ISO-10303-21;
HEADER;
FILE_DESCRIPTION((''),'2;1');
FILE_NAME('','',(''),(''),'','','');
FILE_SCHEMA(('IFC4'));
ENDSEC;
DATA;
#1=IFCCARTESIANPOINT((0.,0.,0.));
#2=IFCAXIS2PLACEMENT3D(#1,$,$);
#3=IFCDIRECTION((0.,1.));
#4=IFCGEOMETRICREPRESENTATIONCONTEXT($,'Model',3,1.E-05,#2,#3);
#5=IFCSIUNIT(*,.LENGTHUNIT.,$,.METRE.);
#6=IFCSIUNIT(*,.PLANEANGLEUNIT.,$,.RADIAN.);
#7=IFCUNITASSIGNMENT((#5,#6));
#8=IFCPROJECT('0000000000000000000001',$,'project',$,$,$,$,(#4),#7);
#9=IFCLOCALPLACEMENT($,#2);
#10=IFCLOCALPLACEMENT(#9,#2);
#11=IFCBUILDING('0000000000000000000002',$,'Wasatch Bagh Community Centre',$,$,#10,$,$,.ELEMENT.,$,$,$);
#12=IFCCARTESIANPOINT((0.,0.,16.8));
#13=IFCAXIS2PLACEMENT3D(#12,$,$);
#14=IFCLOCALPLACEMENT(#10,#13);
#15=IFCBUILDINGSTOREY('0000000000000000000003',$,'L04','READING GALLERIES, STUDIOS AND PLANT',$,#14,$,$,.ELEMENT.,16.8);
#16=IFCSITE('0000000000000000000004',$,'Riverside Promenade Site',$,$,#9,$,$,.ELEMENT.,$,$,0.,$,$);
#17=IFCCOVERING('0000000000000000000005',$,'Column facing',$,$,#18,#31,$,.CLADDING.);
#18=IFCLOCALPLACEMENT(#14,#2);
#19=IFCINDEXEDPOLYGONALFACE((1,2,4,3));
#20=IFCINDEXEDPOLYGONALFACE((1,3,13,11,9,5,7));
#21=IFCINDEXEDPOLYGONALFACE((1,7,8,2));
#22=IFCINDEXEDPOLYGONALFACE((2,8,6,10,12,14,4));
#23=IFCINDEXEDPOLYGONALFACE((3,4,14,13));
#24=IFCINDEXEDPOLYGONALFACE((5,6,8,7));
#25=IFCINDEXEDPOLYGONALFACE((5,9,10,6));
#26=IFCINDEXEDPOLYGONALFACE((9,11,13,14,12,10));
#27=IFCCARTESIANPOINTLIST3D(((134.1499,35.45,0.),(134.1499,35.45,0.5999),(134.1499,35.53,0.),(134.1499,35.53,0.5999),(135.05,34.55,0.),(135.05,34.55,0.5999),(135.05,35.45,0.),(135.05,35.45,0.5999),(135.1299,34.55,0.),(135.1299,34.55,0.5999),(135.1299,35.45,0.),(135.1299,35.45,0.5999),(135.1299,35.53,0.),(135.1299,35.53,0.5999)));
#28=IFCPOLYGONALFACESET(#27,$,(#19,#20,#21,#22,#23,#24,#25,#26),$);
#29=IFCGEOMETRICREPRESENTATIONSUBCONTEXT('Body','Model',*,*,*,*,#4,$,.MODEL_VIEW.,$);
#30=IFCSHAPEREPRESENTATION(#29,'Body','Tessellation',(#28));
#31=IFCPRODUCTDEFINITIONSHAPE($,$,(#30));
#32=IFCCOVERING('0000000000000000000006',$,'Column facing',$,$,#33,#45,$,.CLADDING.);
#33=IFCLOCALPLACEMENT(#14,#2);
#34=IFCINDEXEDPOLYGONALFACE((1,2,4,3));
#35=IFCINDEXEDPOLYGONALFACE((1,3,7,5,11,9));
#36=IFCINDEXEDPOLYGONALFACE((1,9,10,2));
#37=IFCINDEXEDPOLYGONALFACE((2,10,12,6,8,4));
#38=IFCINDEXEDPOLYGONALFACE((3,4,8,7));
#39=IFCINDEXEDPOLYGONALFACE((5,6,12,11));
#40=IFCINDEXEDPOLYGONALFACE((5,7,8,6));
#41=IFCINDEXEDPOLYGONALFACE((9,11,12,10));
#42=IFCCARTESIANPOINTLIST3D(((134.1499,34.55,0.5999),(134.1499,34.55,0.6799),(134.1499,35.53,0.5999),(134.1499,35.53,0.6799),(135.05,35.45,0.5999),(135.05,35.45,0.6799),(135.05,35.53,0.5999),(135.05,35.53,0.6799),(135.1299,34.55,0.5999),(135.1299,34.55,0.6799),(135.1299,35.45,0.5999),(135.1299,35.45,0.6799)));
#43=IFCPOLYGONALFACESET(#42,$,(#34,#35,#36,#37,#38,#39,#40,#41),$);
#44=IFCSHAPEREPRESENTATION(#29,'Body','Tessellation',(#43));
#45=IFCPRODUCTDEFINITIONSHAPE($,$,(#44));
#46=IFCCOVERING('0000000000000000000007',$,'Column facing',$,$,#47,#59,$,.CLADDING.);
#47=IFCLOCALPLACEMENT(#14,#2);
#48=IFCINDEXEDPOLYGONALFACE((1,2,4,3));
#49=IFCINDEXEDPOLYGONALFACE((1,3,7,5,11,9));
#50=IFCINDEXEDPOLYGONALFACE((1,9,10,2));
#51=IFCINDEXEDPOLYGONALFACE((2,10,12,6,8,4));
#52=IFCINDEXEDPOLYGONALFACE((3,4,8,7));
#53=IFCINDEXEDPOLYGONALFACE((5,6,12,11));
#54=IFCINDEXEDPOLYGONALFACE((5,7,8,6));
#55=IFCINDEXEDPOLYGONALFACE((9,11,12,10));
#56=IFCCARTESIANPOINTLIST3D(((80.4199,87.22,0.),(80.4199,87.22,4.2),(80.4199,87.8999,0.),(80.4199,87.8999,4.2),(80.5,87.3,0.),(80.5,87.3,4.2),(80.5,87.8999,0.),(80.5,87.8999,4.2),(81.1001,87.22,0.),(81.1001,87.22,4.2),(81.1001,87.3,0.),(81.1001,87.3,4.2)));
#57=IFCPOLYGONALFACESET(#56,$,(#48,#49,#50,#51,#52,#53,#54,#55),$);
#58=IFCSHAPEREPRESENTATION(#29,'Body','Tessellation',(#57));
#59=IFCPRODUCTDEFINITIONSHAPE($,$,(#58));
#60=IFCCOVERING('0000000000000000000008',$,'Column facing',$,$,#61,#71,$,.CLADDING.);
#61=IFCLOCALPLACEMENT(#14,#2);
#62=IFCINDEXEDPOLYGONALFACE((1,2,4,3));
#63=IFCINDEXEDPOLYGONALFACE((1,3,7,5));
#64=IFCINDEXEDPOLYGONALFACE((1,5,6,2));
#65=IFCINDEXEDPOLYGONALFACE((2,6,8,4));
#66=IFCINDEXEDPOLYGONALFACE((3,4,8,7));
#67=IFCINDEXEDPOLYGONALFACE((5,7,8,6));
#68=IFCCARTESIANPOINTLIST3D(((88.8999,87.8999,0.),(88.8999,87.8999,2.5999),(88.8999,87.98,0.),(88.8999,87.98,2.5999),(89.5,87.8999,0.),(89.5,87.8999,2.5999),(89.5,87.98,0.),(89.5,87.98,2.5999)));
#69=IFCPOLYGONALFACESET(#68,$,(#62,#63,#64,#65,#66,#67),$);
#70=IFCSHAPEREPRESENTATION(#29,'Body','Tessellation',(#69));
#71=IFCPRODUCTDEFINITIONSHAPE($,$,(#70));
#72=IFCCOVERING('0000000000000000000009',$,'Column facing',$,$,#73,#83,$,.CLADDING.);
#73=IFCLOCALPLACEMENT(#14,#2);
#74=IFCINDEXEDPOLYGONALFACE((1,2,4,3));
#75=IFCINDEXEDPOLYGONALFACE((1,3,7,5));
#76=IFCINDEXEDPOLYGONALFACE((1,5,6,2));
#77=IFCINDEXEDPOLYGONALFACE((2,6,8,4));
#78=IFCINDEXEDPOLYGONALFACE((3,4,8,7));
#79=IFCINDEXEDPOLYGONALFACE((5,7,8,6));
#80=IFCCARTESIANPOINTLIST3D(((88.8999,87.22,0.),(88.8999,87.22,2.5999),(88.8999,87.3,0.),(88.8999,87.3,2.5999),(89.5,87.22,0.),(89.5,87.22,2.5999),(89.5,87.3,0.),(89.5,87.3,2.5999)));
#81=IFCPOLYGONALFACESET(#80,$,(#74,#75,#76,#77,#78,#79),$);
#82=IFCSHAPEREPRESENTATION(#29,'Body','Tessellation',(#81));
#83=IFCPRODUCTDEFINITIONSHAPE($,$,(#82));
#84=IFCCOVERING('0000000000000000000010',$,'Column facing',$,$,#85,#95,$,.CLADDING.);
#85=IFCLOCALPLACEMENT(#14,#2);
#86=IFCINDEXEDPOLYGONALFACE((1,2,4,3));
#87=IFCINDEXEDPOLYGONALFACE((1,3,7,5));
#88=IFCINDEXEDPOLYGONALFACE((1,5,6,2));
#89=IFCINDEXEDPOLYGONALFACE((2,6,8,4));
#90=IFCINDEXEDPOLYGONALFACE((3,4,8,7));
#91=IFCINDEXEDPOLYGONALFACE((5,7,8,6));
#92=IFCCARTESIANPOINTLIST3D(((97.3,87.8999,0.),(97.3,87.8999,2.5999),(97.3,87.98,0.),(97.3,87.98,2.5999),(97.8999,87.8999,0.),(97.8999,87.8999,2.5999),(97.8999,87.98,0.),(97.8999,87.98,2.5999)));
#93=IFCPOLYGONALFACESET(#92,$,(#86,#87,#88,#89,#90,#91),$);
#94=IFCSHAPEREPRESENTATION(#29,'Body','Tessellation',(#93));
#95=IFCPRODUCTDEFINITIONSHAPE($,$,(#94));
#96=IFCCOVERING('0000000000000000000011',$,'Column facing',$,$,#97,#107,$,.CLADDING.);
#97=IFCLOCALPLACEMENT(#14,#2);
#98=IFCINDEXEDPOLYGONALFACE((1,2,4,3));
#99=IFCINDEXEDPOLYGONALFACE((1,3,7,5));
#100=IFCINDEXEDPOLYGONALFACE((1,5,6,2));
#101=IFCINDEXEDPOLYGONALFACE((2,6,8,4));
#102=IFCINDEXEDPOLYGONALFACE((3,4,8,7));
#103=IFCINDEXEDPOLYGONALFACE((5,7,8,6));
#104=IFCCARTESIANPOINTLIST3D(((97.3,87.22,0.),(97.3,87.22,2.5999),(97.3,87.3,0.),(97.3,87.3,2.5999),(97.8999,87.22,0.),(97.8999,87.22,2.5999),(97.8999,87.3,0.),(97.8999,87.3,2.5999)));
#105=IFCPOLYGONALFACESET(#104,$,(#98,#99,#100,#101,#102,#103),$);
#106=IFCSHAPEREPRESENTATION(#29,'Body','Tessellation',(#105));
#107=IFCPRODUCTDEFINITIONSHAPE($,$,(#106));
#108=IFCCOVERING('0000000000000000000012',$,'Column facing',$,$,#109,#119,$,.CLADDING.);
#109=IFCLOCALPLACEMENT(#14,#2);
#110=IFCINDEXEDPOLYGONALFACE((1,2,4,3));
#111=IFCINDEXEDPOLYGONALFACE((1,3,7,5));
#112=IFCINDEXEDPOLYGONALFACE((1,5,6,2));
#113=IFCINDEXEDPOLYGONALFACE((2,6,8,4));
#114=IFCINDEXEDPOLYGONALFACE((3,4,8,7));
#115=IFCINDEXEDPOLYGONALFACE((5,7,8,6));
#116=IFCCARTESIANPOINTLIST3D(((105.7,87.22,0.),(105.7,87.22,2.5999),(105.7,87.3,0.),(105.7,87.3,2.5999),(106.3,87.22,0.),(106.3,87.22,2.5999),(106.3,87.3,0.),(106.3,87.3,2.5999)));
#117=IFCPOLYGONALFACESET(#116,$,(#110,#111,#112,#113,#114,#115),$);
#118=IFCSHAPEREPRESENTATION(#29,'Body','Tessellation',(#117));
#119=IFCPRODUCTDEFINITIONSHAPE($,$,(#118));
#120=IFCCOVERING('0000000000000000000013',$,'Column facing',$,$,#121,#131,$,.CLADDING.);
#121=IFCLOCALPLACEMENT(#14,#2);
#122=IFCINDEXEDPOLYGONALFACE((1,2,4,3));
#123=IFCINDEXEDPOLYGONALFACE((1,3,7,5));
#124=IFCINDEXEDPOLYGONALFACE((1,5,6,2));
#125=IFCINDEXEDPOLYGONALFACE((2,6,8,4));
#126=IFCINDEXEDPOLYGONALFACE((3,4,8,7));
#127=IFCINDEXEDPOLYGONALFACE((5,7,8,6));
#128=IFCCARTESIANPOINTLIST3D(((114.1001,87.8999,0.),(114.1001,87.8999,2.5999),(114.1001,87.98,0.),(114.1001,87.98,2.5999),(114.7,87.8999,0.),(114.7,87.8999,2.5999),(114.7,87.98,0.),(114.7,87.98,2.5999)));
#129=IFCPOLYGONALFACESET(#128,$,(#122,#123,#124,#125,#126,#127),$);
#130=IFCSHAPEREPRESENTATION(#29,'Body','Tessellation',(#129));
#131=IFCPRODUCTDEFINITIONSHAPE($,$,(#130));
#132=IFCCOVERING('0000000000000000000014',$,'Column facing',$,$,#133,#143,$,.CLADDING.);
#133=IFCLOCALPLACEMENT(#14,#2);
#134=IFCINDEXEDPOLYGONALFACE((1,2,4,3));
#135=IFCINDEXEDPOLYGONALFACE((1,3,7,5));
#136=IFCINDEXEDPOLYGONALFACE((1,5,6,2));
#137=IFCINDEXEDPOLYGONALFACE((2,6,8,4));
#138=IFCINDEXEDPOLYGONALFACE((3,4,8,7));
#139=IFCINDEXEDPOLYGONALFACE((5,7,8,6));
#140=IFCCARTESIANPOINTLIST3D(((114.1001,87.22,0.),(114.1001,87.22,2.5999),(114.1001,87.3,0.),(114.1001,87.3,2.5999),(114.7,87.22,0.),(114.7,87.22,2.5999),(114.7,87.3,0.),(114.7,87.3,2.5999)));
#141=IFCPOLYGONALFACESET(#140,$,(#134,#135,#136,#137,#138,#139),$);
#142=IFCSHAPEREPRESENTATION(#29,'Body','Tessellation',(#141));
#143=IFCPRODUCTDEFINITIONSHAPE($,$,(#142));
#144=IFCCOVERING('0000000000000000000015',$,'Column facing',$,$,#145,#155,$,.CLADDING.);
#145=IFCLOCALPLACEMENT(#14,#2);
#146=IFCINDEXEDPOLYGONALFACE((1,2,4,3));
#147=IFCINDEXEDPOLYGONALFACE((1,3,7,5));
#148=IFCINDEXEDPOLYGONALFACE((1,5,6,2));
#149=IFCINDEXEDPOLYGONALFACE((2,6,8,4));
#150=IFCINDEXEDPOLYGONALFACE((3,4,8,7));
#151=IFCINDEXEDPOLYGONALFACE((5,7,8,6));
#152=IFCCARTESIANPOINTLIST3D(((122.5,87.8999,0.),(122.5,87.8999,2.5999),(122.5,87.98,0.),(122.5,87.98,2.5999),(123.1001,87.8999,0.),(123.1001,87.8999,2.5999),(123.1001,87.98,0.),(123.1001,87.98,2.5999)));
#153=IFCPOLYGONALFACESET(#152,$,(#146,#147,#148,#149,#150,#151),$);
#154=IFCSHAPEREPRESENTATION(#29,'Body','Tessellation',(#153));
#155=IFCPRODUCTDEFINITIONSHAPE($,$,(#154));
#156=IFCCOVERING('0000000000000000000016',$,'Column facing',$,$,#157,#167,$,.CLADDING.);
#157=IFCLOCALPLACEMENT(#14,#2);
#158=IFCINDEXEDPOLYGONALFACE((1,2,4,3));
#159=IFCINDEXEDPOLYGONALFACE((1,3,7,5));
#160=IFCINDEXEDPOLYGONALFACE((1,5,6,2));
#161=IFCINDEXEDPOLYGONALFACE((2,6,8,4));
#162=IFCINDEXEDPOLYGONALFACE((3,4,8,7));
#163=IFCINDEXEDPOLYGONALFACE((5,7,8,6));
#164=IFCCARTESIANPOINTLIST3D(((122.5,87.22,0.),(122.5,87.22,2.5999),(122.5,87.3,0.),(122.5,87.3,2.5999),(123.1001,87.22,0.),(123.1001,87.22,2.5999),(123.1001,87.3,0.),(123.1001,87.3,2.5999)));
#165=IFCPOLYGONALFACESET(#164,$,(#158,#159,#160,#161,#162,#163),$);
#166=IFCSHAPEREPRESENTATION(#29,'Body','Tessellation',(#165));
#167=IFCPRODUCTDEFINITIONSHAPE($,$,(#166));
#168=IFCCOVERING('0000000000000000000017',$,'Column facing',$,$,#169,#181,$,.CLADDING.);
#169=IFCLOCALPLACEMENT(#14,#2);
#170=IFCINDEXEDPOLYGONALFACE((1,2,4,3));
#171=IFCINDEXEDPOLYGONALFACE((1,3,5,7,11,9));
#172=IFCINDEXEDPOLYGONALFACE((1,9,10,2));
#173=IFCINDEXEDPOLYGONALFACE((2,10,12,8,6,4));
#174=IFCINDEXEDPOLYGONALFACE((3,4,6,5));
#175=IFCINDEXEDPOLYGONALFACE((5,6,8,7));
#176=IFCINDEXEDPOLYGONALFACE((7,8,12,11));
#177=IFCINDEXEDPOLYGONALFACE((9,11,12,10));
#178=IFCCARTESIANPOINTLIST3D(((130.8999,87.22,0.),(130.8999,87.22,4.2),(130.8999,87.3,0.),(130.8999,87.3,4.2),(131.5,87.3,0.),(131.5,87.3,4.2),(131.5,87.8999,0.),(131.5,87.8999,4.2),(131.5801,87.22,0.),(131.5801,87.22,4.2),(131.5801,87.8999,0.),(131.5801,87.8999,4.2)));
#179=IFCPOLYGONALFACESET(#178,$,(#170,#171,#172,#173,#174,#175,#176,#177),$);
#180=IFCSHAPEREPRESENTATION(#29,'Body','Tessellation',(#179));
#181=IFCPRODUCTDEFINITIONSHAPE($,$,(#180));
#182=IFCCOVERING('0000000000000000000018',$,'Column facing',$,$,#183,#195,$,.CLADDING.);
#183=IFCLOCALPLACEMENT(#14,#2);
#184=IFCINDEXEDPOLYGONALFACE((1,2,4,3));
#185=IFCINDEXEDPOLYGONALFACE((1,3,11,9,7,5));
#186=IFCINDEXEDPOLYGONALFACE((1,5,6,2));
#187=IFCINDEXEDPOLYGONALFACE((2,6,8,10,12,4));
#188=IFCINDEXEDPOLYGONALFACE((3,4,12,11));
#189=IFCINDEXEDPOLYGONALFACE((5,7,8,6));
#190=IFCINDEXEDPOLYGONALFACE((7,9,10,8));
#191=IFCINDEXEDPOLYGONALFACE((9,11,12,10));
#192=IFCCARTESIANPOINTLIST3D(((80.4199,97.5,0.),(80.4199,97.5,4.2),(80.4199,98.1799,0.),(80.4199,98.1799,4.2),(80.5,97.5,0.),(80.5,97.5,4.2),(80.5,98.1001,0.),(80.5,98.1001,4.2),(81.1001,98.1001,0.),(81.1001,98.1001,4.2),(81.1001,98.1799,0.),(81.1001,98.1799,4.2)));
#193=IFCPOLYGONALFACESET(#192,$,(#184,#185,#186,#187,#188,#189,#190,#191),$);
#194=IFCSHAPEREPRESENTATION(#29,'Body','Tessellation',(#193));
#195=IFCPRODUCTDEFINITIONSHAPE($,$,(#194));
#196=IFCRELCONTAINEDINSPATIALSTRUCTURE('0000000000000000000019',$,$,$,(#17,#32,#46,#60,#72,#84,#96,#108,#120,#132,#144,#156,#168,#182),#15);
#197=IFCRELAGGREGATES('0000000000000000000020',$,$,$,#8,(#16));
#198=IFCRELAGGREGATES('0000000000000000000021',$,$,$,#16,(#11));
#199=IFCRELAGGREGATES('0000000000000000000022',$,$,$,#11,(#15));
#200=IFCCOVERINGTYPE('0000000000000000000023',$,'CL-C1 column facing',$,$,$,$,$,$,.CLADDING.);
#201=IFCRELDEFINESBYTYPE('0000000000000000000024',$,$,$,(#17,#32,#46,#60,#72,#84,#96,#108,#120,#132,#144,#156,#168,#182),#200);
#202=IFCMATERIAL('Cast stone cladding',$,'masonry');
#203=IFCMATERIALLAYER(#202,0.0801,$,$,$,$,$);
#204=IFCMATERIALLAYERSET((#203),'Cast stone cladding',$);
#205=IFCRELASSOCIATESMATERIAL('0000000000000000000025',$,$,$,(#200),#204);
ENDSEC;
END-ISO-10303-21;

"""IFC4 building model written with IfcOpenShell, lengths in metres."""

from ifc_helpers import new_model, si_unit, direction, frame, origin, place, context, subcontext, project, spatial, polyline, outline, extrude, material, layer, layer_set, type_object, element, save


model = new_model("IFC4")

# Units and contexts
model_context = context("Model", 3, precision=1e-05, world=origin(), true_north=direction((0.0, 1.0)))
body_context = subcontext(model_context, "Body", "Model", "MODEL_VIEW")
ifc_project = project(units=[si_unit("LENGTHUNIT", "METRE"), si_unit("PLANEANGLEUNIT", "RADIAN")], contexts=[model_context])

# Site, building, storey
site_placement = place(None, origin())
site = spatial("IfcSite", under=ifc_project, at=site_placement, Name="Riverside Promenade Site", CompositionType="ELEMENT", RefElevation=0.0)
building_placement = place(site_placement, origin())
building = spatial("IfcBuilding", under=site, at=building_placement, Name="Wasatch Bagh Community Centre", CompositionType="ELEMENT")
storey_placement = place(building_placement, frame((0.0, 0.0, 16.8)))
storey = spatial("IfcBuildingStorey", under=building, at=storey_placement, Name="L04", Description="READING GALLERIES, STUDIOS AND PLANT", CompositionType="ELEMENT", Elevation=16.8)

# Coverings
ifc_material_1 = material(Name="Cast stone cladding", Category="masonry")
ifc_layer_1 = layer(ifc_material_1, 0.0801)
ifc_layer_set_1 = layer_set([ifc_layer_1], Name="Cast stone cladding")
covering_type = type_object("IfcCoveringType", Name="CL-C1 column facing", PredefinedType="CLADDING", material=ifc_layer_set_1)
covering_1_placement = place(storey_placement, origin())
element("IfcCovering", 1, at=covering_1_placement, inside=storey, type_object=covering_type, Name="Column facing", PredefinedType="CLADDING", context=body_context, shape_type="SweptSolid", body=[
    extrude(outline(polyline([(135.05, 35.45), (134.1499, 35.45), (134.1499, 35.53), (135.1299, 35.53), (135.1299, 35.45), (135.1299, 34.55), (135.05, 34.55), (135.05, 35.45)])), origin(), (0.0, 0.0, 1.0), 0.5999),
])
covering_2_placement = place(storey_placement, frame((0.0, 0.0, 0.5999)))
element("IfcCovering", 2, at=covering_2_placement, inside=storey, type_object=covering_type, Name="Column facing", PredefinedType="CLADDING", context=body_context, shape_type="SweptSolid", body=[
    extrude(outline(polyline([(134.1499, 34.55), (134.1499, 35.53), (135.05, 35.53), (135.05, 35.45), (135.1299, 35.45), (135.1299, 34.55), (134.1499, 34.55)])), origin(), (0.0, 0.0, 1.0), 0.0801),
])
covering_3_placement = place(storey_placement, origin())
element("IfcCovering", 3, at=covering_3_placement, inside=storey, type_object=covering_type, Name="Column facing", PredefinedType="CLADDING", context=body_context, shape_type="SweptSolid", body=[
    extrude(outline(polyline([(80.4199, 87.22), (80.4199, 87.8999), (80.5, 87.8999), (80.5, 87.3), (81.1001, 87.3), (81.1001, 87.22), (80.4199, 87.22)])), origin(), (0.0, 0.0, 1.0), 4.2),
])
covering_4_placement = place(storey_placement, origin())
element("IfcCovering", 4, at=covering_4_placement, inside=storey, type_object=covering_type, Name="Column facing", PredefinedType="CLADDING", context=body_context, shape_type="SweptSolid", body=[
    extrude(outline(polyline([(88.8999, 87.8999), (88.8999, 87.98), (89.5, 87.98), (89.5, 87.8999), (88.8999, 87.8999)])), origin(), (0.0, 0.0, 1.0), 2.5999),
])
covering_5_placement = place(storey_placement, origin())
element("IfcCovering", 5, at=covering_5_placement, inside=storey, type_object=covering_type, Name="Column facing", PredefinedType="CLADDING", context=body_context, shape_type="SweptSolid", body=[
    extrude(outline(polyline([(89.5, 87.3), (89.5, 87.22), (88.8999, 87.22), (88.8999, 87.3), (89.5, 87.3)])), origin(), (0.0, 0.0, 1.0), 2.5999),
])
covering_6_placement = place(storey_placement, origin())
element("IfcCovering", 6, at=covering_6_placement, inside=storey, type_object=covering_type, Name="Column facing", PredefinedType="CLADDING", context=body_context, shape_type="SweptSolid", body=[
    extrude(outline(polyline([(97.3, 87.8999), (97.3, 87.98), (97.8999, 87.98), (97.8999, 87.8999), (97.3, 87.8999)])), origin(), (0.0, 0.0, 1.0), 2.5999),
])
covering_7_placement = place(storey_placement, origin())
element("IfcCovering", 7, at=covering_7_placement, inside=storey, type_object=covering_type, Name="Column facing", PredefinedType="CLADDING", context=body_context, shape_type="SweptSolid", body=[
    extrude(outline(polyline([(97.8999, 87.3), (97.8999, 87.22), (97.3, 87.22), (97.3, 87.3), (97.8999, 87.3)])), origin(), (0.0, 0.0, 1.0), 2.5999),
])
covering_8_placement = place(storey_placement, origin())
element("IfcCovering", 8, at=covering_8_placement, inside=storey, type_object=covering_type, Name="Column facing", PredefinedType="CLADDING", context=body_context, shape_type="SweptSolid", body=[
    extrude(outline(polyline([(105.7, 87.3), (106.3, 87.3), (106.3, 87.22), (105.7, 87.22), (105.7, 87.3)])), origin(), (0.0, 0.0, 1.0), 2.5999),
])
covering_9_placement = place(storey_placement, origin())
element("IfcCovering", 9, at=covering_9_placement, inside=storey, type_object=covering_type, Name="Column facing", PredefinedType="CLADDING", context=body_context, shape_type="SweptSolid", body=[
    extrude(outline(polyline([(114.1001, 87.8999), (114.1001, 87.98), (114.7, 87.98), (114.7, 87.8999), (114.1001, 87.8999)])), origin(), (0.0, 0.0, 1.0), 2.5999),
])
covering_10_placement = place(storey_placement, origin())
element("IfcCovering", 10, at=covering_10_placement, inside=storey, type_object=covering_type, Name="Column facing", PredefinedType="CLADDING", context=body_context, shape_type="SweptSolid", body=[
    extrude(outline(polyline([(114.7, 87.3), (114.7, 87.22), (114.1001, 87.22), (114.1001, 87.3), (114.7, 87.3)])), origin(), (0.0, 0.0, 1.0), 2.5999),
])
covering_11_placement = place(storey_placement, origin())
element("IfcCovering", 11, at=covering_11_placement, inside=storey, type_object=covering_type, Name="Column facing", PredefinedType="CLADDING", context=body_context, shape_type="SweptSolid", body=[
    extrude(outline(polyline([(122.5, 87.8999), (122.5, 87.98), (123.1001, 87.98), (123.1001, 87.8999), (122.5, 87.8999)])), origin(), (0.0, 0.0, 1.0), 2.5999),
])
covering_12_placement = place(storey_placement, origin())
element("IfcCovering", 12, at=covering_12_placement, inside=storey, type_object=covering_type, Name="Column facing", PredefinedType="CLADDING", context=body_context, shape_type="SweptSolid", body=[
    extrude(outline(polyline([(123.1001, 87.3), (123.1001, 87.22), (122.5, 87.22), (122.5, 87.3), (123.1001, 87.3)])), origin(), (0.0, 0.0, 1.0), 2.5999),
])
covering_13_placement = place(storey_placement, origin())
element("IfcCovering", 13, at=covering_13_placement, inside=storey, type_object=covering_type, Name="Column facing", PredefinedType="CLADDING", context=body_context, shape_type="SweptSolid", body=[
    extrude(outline(polyline([(131.5, 87.3), (131.5, 87.8999), (131.5801, 87.8999), (131.5801, 87.22), (130.8999, 87.22), (130.8999, 87.3), (131.5, 87.3)])), origin(), (0.0, 0.0, 1.0), 4.2),
])
covering_14_placement = place(storey_placement, origin())
element("IfcCovering", 14, at=covering_14_placement, inside=storey, type_object=covering_type, Name="Column facing", PredefinedType="CLADDING", context=body_context, shape_type="SweptSolid", body=[
    extrude(outline(polyline([(80.5, 97.5), (80.4199, 97.5), (80.4199, 98.1799), (81.1001, 98.1799), (81.1001, 98.1001), (80.5, 98.1001), (80.5, 97.5)])), origin(), (0.0, 0.0, 1.0), 4.2),
])

save(model, "model.ifc")
